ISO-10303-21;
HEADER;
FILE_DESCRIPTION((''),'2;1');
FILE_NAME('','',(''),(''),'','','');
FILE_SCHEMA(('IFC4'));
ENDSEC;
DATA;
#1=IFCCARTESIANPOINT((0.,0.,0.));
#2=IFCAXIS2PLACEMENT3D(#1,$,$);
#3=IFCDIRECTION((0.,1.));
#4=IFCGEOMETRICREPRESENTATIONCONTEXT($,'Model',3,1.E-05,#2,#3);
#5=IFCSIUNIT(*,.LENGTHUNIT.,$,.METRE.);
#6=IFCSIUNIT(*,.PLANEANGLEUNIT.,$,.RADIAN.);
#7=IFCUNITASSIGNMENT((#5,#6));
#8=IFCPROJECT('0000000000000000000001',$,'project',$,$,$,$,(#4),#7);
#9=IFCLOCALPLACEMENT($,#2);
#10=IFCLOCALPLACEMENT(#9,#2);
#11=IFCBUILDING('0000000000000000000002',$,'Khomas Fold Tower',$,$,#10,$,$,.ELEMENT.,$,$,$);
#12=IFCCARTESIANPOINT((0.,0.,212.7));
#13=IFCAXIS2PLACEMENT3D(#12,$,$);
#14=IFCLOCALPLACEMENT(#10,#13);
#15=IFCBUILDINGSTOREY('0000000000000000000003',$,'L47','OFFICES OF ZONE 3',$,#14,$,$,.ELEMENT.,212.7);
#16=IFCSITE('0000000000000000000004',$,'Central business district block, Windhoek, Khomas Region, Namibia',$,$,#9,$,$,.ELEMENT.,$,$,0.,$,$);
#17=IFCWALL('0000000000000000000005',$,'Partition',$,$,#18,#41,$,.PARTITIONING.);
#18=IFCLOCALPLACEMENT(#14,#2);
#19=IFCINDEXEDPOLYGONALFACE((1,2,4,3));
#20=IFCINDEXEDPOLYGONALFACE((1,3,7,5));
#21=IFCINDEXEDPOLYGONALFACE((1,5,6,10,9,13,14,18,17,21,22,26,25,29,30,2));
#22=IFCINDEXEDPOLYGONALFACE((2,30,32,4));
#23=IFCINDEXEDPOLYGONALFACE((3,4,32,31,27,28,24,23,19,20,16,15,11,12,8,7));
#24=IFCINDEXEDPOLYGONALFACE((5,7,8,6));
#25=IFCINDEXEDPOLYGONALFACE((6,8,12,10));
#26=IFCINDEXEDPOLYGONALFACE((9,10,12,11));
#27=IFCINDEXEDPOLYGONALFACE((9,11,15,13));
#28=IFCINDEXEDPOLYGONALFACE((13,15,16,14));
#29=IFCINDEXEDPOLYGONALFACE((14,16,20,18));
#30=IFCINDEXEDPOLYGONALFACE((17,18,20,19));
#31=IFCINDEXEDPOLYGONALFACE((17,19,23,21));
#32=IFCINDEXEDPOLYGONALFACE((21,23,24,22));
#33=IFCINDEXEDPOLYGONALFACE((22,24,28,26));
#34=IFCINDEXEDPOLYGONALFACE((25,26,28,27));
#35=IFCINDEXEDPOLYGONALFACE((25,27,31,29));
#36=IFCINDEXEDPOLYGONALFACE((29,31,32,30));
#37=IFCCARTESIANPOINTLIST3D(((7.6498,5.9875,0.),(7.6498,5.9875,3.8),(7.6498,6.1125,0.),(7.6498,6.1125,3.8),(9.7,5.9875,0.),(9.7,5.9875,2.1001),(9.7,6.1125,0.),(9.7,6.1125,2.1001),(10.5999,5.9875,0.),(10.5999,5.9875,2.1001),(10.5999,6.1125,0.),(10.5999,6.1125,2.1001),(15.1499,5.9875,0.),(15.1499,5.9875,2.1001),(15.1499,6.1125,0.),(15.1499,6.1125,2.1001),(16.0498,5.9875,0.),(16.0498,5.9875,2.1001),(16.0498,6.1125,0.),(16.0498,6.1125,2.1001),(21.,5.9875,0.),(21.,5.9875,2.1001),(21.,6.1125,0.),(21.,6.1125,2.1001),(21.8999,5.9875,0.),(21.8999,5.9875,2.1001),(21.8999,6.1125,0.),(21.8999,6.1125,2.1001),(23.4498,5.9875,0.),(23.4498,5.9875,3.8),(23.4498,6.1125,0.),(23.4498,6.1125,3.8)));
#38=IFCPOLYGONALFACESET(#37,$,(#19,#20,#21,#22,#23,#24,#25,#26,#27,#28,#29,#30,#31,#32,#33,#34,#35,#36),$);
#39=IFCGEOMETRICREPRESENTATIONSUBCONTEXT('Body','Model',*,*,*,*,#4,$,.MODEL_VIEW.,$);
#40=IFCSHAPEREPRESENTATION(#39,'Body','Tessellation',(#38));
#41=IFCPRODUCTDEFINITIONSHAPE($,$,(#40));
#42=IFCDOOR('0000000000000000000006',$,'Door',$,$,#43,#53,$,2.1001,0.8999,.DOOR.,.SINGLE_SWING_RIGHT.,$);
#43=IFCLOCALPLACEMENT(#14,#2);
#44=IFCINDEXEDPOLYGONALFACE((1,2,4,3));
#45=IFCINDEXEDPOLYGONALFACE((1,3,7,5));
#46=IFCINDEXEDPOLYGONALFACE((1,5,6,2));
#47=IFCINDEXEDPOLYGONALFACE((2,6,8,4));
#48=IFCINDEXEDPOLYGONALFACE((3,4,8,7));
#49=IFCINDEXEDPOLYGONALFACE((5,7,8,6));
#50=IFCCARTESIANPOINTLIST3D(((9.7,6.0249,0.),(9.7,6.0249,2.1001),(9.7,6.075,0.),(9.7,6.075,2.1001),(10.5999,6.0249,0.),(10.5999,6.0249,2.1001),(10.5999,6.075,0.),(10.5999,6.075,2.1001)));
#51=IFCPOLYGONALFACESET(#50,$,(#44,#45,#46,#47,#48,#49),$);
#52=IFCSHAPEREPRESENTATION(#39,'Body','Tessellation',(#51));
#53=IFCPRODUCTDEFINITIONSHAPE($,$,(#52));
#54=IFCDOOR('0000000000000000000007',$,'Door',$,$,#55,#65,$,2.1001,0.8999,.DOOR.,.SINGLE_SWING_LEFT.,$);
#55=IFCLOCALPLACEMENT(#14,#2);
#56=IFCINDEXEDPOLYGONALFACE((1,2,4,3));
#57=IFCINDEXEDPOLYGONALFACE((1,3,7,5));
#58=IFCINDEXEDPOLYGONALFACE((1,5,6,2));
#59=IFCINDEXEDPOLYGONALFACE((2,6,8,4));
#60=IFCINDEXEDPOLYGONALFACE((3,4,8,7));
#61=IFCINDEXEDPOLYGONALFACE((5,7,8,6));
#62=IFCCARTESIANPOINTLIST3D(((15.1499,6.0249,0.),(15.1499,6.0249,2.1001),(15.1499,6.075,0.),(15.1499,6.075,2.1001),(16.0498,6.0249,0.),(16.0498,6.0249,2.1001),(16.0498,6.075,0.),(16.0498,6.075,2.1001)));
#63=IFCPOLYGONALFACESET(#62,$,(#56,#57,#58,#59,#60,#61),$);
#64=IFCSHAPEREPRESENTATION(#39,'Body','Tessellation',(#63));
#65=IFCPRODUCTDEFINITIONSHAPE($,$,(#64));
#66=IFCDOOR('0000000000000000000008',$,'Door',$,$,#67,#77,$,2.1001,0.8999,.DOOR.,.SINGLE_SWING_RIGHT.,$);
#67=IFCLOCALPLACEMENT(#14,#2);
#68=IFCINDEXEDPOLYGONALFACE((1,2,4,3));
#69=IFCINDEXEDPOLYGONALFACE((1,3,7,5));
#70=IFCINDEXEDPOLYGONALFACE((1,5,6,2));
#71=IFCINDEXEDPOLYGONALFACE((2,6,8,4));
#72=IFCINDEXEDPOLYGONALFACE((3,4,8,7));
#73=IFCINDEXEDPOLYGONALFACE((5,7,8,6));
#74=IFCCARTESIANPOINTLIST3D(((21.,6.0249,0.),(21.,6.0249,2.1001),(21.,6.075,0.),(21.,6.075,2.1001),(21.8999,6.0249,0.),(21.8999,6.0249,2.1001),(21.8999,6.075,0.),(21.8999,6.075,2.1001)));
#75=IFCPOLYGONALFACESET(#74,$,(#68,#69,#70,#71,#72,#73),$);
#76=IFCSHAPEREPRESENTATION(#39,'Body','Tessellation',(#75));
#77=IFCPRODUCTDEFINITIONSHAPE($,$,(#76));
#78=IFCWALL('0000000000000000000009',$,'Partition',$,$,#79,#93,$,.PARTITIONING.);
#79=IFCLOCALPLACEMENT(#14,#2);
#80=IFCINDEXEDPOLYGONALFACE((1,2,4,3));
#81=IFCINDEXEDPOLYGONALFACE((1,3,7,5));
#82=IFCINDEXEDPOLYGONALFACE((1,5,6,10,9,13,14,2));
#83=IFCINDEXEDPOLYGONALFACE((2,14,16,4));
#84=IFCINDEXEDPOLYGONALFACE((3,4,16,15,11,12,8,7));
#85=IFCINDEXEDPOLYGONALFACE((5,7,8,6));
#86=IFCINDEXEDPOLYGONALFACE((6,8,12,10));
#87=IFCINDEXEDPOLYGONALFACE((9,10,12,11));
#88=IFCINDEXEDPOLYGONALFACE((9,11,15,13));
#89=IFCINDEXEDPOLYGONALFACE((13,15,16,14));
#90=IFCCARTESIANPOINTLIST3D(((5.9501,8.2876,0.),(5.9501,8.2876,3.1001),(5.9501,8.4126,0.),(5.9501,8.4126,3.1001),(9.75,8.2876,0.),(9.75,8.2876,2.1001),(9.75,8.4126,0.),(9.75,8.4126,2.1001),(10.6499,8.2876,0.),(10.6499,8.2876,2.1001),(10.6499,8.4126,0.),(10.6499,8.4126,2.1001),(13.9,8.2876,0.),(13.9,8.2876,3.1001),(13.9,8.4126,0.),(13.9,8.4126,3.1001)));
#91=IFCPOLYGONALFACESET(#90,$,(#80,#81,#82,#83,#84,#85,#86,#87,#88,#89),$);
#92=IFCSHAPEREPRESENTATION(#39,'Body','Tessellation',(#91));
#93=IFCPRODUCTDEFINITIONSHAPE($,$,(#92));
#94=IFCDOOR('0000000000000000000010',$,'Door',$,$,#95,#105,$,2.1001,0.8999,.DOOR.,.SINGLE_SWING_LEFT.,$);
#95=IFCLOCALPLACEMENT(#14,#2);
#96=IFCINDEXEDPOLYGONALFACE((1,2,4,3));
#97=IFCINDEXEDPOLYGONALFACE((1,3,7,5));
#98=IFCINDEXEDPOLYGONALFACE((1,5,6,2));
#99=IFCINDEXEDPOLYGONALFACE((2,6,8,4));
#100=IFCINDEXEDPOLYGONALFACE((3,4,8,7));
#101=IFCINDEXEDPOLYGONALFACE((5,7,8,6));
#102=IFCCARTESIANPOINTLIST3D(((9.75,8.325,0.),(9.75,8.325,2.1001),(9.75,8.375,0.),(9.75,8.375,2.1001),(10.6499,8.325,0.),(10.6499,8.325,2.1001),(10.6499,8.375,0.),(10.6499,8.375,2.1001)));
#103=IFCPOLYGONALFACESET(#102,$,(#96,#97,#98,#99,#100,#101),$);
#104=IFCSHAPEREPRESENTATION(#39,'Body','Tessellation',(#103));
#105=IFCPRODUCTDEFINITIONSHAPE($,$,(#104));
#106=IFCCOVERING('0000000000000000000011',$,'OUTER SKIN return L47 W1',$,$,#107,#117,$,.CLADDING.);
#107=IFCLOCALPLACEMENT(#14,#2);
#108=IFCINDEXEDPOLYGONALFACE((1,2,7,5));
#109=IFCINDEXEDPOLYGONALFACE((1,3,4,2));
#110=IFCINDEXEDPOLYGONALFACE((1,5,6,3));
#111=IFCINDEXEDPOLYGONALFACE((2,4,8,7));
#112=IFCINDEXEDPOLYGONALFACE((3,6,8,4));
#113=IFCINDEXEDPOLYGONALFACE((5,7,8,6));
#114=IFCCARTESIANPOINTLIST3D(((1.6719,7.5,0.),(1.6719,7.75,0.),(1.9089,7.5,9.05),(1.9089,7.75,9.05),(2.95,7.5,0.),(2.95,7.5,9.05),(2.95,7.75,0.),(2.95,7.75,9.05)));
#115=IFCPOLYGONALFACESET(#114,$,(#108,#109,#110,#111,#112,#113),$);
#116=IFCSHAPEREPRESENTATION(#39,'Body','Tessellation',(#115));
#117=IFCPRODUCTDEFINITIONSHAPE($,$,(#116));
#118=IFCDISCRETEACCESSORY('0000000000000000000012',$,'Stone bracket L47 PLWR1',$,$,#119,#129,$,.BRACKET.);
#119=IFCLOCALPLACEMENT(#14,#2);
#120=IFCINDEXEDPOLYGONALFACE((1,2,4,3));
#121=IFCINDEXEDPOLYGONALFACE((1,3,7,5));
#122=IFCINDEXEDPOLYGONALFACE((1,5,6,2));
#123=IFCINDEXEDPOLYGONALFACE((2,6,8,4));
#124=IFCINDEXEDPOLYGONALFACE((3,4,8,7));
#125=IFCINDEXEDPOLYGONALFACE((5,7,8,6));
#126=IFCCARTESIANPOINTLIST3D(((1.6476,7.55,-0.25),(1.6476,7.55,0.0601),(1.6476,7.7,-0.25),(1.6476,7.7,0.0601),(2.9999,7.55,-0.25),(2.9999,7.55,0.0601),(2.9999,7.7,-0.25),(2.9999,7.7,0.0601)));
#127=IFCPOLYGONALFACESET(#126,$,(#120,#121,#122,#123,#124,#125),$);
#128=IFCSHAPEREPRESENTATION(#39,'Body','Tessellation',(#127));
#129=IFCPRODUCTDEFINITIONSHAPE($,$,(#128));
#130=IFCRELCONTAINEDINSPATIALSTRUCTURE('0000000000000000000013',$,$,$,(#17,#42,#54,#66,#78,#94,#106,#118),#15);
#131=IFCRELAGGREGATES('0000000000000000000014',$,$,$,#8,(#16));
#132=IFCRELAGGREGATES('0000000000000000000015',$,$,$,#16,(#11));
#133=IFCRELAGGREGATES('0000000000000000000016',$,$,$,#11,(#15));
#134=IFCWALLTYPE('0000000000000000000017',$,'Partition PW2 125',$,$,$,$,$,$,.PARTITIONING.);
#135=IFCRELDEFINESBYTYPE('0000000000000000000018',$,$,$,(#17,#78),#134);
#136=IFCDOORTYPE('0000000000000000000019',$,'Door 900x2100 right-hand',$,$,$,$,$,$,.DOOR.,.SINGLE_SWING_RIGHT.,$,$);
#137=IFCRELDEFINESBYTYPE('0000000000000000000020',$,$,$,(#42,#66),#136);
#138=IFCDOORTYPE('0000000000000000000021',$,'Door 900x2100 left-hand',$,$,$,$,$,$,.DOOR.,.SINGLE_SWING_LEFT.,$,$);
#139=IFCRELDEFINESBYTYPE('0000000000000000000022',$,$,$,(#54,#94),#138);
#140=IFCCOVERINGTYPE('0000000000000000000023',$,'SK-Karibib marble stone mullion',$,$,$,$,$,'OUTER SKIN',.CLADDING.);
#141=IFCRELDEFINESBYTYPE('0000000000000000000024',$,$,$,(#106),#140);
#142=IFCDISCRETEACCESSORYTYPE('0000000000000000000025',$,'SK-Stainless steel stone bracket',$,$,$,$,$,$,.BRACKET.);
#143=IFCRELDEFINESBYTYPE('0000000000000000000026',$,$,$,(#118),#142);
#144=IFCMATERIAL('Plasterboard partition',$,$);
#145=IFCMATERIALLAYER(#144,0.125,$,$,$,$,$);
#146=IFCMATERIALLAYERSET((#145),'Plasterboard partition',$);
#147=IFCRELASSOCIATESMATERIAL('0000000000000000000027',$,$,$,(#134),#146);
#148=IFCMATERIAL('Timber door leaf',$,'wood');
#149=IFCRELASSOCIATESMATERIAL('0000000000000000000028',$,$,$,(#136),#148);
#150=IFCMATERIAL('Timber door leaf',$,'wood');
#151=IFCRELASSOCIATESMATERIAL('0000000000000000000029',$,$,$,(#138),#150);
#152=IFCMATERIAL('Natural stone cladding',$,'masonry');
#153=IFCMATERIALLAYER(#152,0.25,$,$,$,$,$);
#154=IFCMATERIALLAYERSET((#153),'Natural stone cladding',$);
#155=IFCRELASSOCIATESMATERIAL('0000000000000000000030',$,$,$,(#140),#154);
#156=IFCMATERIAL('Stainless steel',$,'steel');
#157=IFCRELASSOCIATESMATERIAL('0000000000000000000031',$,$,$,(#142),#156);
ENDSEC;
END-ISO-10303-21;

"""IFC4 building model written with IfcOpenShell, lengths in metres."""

from ifc_helpers import new_model, si_unit, direction, frame, frame_2d, origin, origin_2d, place, context, subcontext, project, spatial, polyline, rectangle, outline, extrude, source, transform, mapped, material, layer, layer_set, type_object, element, fill, save


model = new_model("IFC4")

# Units and contexts
model_context = context("Model", 3, precision=1e-05, world=origin(), true_north=direction((0.0, 1.0)))
body_context = subcontext(model_context, "Body", "Model", "MODEL_VIEW")
ifc_project = project(units=[si_unit("LENGTHUNIT", "METRE"), si_unit("PLANEANGLEUNIT", "RADIAN")], contexts=[model_context])

# Site, building, storey
site_placement = place(None, origin())
site = spatial("IfcSite", under=ifc_project, at=site_placement, Name="Central business district block, Windhoek, Khomas Region, Namibia", CompositionType="ELEMENT", RefElevation=0.0)
building_placement = place(site_placement, origin())
building = spatial("IfcBuilding", under=site, at=building_placement, Name="Khomas Fold Tower", CompositionType="ELEMENT")
storey_placement = place(building_placement, frame((0.0, 0.0, 212.7)))
storey = spatial("IfcBuildingStorey", under=building, at=storey_placement, Name="L47", Description="OFFICES OF ZONE 3", CompositionType="ELEMENT", Elevation=212.7)

# Shared definitions
ifc_material_1 = material(Name="Plasterboard partition")
ifc_layer_1 = layer(ifc_material_1, 0.125)
ifc_layer_set_1 = layer_set([ifc_layer_1], Name="Plasterboard partition")
wall_type = type_object("IfcWallType", Name="Partition PW2 125", PredefinedType="PARTITIONING", material=ifc_layer_set_1)

# Wall, openings, doors
shared_shape_1 = source(origin(), body_context, "Body", "SweptSolid", [
    extrude(rectangle(XDim=15.8, YDim=0.125, at=frame_2d((7.8999, 0.0))), origin(), (0.0, 0.0, 1.0), 3.8),
])
wall_1_placement = place(storey_placement, frame((7.6499, 6.05, 0.0), z_axis=(0.0, 0.0, 1.0), x_axis=(1.0, 0.0, 0.0)))
wall_1 = element("IfcWall", 1, at=wall_1_placement, inside=storey, type_object=wall_type, Name="Partition", PredefinedType="PARTITIONING", context=body_context, shape_type="MappedRepresentation", body=[
    mapped(shared_shape_1, transform((0.0, 0.0, 0.0))),
])
shared_shape_2 = source(origin(), body_context, "Body", "SweptSolid", [
    extrude(rectangle(XDim=0.8999, YDim=2.1001, at=frame_2d((0.45, 1.05))), frame((0.0, 0.0725, 0.0), z_axis=(0.0, -1.0, 0.0), x_axis=(1.0, 0.0, 0.0)), (0.0, 0.0, 1.0), 0.145),
])
opening_1_placement = place(wall_1_placement, frame((2.05, 0.0, 0.0)))
opening_1 = element("IfcOpeningElement", 2, at=opening_1_placement, cuts=wall_1, PredefinedType="OPENING", context=body_context, shape_type="MappedRepresentation", body=[
    mapped(shared_shape_2, transform((0.0, 0.0, 0.0))),
])
opening_2_placement = place(wall_1_placement, frame((7.5, 0.0, 0.0)))
opening_2 = element("IfcOpeningElement", 3, at=opening_2_placement, cuts=wall_1, PredefinedType="OPENING", context=body_context, shape_type="MappedRepresentation", body=[
    mapped(shared_shape_2, transform((0.0, 0.0, 0.0))),
])
opening_3_placement = place(wall_1_placement, frame((13.3501, 0.0, 0.0)))
opening_3 = element("IfcOpeningElement", 4, at=opening_3_placement, cuts=wall_1, PredefinedType="OPENING", context=body_context, shape_type="MappedRepresentation", body=[
    mapped(shared_shape_2, transform((0.0, 0.0, 0.0))),
])
ifc_material_2 = material(Name="Timber door leaf", Category="wood")
door_type_1 = type_object("IfcDoorType", Name="Door 900x2100 right-hand", OperationType="SINGLE_SWING_RIGHT", PredefinedType="DOOR", material=ifc_material_2)
shared_shape_3 = source(origin(), body_context, "Body", "SweptSolid", [
    extrude(rectangle(XDim=0.8999, YDim=2.1001, at=frame_2d((0.45, 1.05))), frame((0.0, 0.0249, 0.0), z_axis=(0.0, -1.0, 0.0), x_axis=(1.0, 0.0, 0.0)), (0.0, 0.0, 1.0), 0.05),
])
door_1_placement = place(opening_1_placement, origin())
door_1 = element("IfcDoor", 5, at=door_1_placement, inside=storey, type_object=door_type_1, Name="Door", OperationType="SINGLE_SWING_RIGHT", OverallHeight=2.1001, OverallWidth=0.8999, PredefinedType="DOOR", context=body_context, shape_type="MappedRepresentation", body=[
    mapped(shared_shape_3, transform((0.0, 0.0, 0.0))),
])
fill(opening_1, door_1)
ifc_material_3 = material(Name="Timber door leaf", Category="wood")
door_type_2 = type_object("IfcDoorType", Name="Door 900x2100 left-hand", OperationType="SINGLE_SWING_LEFT", PredefinedType="DOOR", material=ifc_material_3)
door_2_placement = place(opening_2_placement, origin())
door_2 = element("IfcDoor", 6, at=door_2_placement, inside=storey, type_object=door_type_2, Name="Door", OperationType="SINGLE_SWING_LEFT", OverallHeight=2.1001, OverallWidth=0.8999, PredefinedType="DOOR", context=body_context, shape_type="MappedRepresentation", body=[
    mapped(shared_shape_3, transform((0.0, 0.0, 0.0))),
])
fill(opening_2, door_2)
door_3_placement = place(opening_3_placement, origin())
door_3 = element("IfcDoor", 7, at=door_3_placement, inside=storey, type_object=door_type_1, Name="Door", OperationType="SINGLE_SWING_RIGHT", OverallHeight=2.1001, OverallWidth=0.8999, PredefinedType="DOOR", context=body_context, shape_type="MappedRepresentation", body=[
    mapped(shared_shape_3, transform((0.0, 0.0, 0.0))),
])
fill(opening_3, door_3)

# Wall, opening, door
shared_shape_4 = source(origin(), body_context, "Body", "SweptSolid", [
    extrude(rectangle(XDim=7.95, YDim=0.125, at=frame_2d((3.9751, 0.0))), origin(), (0.0, 0.0, 1.0), 3.1001),
])
wall_2_placement = place(storey_placement, frame((5.95, 8.3501, 0.0), z_axis=(0.0, 0.0, 1.0), x_axis=(1.0, 0.0, 0.0)))
wall_2 = element("IfcWall", 8, at=wall_2_placement, inside=storey, type_object=wall_type, Name="Partition", PredefinedType="PARTITIONING", context=body_context, shape_type="MappedRepresentation", body=[
    mapped(shared_shape_4, transform((0.0, 0.0, 0.0))),
])
opening_4_placement = place(wall_2_placement, frame((3.8, 0.0, 0.0)))
opening_4 = element("IfcOpeningElement", 9, at=opening_4_placement, cuts=wall_2, PredefinedType="OPENING", context=body_context, shape_type="MappedRepresentation", body=[
    mapped(shared_shape_2, transform((0.0, 0.0, 0.0))),
])
door_4_placement = place(opening_4_placement, origin())
door_4 = element("IfcDoor", 10, at=door_4_placement, inside=storey, type_object=door_type_2, Name="Door", OperationType="SINGLE_SWING_LEFT", OverallHeight=2.1001, OverallWidth=0.8999, PredefinedType="DOOR", context=body_context, shape_type="MappedRepresentation", body=[
    mapped(shared_shape_3, transform((0.0, 0.0, 0.0))),
])
fill(opening_4, door_4)

# Covering
ifc_material_4 = material(Name="Natural stone cladding", Category="masonry")
ifc_layer_2 = layer(ifc_material_4, 0.25)
ifc_layer_set_2 = layer_set([ifc_layer_2], Name="Natural stone cladding")
covering_type = type_object("IfcCoveringType", Name="SK-Karibib marble stone mullion", ElementType="OUTER SKIN", PredefinedType="CLADDING", material=ifc_layer_set_2)
covering_placement = place(storey_placement, frame((2.95, 7.5, 9.05), z_axis=(0.0, -1.0, 0.0), x_axis=(-1.0, 0.0, 0.0)))
element("IfcCovering", 11, at=covering_placement, inside=storey, type_object=covering_type, Name="OUTER SKIN return L47 W1", PredefinedType="CLADDING", context=body_context, shape_type="SweptSolid", body=[
    extrude(outline(polyline([(0.0, 0.0), (1.041, 0.0), (1.2781, 9.05), (0.0, 9.05), (0.0, 0.0)])), origin(), (0.0, 0.0, -1.0), 0.25),
])

# Discrete accessory
ifc_material_5 = material(Name="Stainless steel", Category="steel")
discrete_accessory_type = type_object("IfcDiscreteAccessoryType", Name="SK-Stainless steel stone bracket", PredefinedType="BRACKET", material=ifc_material_5)
shared_shape_5 = source(origin(), body_context, "Body", "SweptSolid", [
    extrude(rectangle(XDim=1.3523, YDim=0.1499, at=origin_2d()), origin(), (0.0, 0.0, 1.0), 0.3101),
])
discrete_accessory_placement = place(storey_placement, frame((2.3237, 7.625, -0.25), z_axis=(0.0, 0.0, 1.0), x_axis=(-1.0, 0.0, 0.0)))
element("IfcDiscreteAccessory", 12, at=discrete_accessory_placement, inside=storey, type_object=discrete_accessory_type, Name="Stone bracket L47 PLWR1", PredefinedType="BRACKET", context=body_context, shape_type="MappedRepresentation", body=[
    mapped(shared_shape_5, transform((0.0, 0.0, 0.0))),
])

save(model, "model.ifc")
